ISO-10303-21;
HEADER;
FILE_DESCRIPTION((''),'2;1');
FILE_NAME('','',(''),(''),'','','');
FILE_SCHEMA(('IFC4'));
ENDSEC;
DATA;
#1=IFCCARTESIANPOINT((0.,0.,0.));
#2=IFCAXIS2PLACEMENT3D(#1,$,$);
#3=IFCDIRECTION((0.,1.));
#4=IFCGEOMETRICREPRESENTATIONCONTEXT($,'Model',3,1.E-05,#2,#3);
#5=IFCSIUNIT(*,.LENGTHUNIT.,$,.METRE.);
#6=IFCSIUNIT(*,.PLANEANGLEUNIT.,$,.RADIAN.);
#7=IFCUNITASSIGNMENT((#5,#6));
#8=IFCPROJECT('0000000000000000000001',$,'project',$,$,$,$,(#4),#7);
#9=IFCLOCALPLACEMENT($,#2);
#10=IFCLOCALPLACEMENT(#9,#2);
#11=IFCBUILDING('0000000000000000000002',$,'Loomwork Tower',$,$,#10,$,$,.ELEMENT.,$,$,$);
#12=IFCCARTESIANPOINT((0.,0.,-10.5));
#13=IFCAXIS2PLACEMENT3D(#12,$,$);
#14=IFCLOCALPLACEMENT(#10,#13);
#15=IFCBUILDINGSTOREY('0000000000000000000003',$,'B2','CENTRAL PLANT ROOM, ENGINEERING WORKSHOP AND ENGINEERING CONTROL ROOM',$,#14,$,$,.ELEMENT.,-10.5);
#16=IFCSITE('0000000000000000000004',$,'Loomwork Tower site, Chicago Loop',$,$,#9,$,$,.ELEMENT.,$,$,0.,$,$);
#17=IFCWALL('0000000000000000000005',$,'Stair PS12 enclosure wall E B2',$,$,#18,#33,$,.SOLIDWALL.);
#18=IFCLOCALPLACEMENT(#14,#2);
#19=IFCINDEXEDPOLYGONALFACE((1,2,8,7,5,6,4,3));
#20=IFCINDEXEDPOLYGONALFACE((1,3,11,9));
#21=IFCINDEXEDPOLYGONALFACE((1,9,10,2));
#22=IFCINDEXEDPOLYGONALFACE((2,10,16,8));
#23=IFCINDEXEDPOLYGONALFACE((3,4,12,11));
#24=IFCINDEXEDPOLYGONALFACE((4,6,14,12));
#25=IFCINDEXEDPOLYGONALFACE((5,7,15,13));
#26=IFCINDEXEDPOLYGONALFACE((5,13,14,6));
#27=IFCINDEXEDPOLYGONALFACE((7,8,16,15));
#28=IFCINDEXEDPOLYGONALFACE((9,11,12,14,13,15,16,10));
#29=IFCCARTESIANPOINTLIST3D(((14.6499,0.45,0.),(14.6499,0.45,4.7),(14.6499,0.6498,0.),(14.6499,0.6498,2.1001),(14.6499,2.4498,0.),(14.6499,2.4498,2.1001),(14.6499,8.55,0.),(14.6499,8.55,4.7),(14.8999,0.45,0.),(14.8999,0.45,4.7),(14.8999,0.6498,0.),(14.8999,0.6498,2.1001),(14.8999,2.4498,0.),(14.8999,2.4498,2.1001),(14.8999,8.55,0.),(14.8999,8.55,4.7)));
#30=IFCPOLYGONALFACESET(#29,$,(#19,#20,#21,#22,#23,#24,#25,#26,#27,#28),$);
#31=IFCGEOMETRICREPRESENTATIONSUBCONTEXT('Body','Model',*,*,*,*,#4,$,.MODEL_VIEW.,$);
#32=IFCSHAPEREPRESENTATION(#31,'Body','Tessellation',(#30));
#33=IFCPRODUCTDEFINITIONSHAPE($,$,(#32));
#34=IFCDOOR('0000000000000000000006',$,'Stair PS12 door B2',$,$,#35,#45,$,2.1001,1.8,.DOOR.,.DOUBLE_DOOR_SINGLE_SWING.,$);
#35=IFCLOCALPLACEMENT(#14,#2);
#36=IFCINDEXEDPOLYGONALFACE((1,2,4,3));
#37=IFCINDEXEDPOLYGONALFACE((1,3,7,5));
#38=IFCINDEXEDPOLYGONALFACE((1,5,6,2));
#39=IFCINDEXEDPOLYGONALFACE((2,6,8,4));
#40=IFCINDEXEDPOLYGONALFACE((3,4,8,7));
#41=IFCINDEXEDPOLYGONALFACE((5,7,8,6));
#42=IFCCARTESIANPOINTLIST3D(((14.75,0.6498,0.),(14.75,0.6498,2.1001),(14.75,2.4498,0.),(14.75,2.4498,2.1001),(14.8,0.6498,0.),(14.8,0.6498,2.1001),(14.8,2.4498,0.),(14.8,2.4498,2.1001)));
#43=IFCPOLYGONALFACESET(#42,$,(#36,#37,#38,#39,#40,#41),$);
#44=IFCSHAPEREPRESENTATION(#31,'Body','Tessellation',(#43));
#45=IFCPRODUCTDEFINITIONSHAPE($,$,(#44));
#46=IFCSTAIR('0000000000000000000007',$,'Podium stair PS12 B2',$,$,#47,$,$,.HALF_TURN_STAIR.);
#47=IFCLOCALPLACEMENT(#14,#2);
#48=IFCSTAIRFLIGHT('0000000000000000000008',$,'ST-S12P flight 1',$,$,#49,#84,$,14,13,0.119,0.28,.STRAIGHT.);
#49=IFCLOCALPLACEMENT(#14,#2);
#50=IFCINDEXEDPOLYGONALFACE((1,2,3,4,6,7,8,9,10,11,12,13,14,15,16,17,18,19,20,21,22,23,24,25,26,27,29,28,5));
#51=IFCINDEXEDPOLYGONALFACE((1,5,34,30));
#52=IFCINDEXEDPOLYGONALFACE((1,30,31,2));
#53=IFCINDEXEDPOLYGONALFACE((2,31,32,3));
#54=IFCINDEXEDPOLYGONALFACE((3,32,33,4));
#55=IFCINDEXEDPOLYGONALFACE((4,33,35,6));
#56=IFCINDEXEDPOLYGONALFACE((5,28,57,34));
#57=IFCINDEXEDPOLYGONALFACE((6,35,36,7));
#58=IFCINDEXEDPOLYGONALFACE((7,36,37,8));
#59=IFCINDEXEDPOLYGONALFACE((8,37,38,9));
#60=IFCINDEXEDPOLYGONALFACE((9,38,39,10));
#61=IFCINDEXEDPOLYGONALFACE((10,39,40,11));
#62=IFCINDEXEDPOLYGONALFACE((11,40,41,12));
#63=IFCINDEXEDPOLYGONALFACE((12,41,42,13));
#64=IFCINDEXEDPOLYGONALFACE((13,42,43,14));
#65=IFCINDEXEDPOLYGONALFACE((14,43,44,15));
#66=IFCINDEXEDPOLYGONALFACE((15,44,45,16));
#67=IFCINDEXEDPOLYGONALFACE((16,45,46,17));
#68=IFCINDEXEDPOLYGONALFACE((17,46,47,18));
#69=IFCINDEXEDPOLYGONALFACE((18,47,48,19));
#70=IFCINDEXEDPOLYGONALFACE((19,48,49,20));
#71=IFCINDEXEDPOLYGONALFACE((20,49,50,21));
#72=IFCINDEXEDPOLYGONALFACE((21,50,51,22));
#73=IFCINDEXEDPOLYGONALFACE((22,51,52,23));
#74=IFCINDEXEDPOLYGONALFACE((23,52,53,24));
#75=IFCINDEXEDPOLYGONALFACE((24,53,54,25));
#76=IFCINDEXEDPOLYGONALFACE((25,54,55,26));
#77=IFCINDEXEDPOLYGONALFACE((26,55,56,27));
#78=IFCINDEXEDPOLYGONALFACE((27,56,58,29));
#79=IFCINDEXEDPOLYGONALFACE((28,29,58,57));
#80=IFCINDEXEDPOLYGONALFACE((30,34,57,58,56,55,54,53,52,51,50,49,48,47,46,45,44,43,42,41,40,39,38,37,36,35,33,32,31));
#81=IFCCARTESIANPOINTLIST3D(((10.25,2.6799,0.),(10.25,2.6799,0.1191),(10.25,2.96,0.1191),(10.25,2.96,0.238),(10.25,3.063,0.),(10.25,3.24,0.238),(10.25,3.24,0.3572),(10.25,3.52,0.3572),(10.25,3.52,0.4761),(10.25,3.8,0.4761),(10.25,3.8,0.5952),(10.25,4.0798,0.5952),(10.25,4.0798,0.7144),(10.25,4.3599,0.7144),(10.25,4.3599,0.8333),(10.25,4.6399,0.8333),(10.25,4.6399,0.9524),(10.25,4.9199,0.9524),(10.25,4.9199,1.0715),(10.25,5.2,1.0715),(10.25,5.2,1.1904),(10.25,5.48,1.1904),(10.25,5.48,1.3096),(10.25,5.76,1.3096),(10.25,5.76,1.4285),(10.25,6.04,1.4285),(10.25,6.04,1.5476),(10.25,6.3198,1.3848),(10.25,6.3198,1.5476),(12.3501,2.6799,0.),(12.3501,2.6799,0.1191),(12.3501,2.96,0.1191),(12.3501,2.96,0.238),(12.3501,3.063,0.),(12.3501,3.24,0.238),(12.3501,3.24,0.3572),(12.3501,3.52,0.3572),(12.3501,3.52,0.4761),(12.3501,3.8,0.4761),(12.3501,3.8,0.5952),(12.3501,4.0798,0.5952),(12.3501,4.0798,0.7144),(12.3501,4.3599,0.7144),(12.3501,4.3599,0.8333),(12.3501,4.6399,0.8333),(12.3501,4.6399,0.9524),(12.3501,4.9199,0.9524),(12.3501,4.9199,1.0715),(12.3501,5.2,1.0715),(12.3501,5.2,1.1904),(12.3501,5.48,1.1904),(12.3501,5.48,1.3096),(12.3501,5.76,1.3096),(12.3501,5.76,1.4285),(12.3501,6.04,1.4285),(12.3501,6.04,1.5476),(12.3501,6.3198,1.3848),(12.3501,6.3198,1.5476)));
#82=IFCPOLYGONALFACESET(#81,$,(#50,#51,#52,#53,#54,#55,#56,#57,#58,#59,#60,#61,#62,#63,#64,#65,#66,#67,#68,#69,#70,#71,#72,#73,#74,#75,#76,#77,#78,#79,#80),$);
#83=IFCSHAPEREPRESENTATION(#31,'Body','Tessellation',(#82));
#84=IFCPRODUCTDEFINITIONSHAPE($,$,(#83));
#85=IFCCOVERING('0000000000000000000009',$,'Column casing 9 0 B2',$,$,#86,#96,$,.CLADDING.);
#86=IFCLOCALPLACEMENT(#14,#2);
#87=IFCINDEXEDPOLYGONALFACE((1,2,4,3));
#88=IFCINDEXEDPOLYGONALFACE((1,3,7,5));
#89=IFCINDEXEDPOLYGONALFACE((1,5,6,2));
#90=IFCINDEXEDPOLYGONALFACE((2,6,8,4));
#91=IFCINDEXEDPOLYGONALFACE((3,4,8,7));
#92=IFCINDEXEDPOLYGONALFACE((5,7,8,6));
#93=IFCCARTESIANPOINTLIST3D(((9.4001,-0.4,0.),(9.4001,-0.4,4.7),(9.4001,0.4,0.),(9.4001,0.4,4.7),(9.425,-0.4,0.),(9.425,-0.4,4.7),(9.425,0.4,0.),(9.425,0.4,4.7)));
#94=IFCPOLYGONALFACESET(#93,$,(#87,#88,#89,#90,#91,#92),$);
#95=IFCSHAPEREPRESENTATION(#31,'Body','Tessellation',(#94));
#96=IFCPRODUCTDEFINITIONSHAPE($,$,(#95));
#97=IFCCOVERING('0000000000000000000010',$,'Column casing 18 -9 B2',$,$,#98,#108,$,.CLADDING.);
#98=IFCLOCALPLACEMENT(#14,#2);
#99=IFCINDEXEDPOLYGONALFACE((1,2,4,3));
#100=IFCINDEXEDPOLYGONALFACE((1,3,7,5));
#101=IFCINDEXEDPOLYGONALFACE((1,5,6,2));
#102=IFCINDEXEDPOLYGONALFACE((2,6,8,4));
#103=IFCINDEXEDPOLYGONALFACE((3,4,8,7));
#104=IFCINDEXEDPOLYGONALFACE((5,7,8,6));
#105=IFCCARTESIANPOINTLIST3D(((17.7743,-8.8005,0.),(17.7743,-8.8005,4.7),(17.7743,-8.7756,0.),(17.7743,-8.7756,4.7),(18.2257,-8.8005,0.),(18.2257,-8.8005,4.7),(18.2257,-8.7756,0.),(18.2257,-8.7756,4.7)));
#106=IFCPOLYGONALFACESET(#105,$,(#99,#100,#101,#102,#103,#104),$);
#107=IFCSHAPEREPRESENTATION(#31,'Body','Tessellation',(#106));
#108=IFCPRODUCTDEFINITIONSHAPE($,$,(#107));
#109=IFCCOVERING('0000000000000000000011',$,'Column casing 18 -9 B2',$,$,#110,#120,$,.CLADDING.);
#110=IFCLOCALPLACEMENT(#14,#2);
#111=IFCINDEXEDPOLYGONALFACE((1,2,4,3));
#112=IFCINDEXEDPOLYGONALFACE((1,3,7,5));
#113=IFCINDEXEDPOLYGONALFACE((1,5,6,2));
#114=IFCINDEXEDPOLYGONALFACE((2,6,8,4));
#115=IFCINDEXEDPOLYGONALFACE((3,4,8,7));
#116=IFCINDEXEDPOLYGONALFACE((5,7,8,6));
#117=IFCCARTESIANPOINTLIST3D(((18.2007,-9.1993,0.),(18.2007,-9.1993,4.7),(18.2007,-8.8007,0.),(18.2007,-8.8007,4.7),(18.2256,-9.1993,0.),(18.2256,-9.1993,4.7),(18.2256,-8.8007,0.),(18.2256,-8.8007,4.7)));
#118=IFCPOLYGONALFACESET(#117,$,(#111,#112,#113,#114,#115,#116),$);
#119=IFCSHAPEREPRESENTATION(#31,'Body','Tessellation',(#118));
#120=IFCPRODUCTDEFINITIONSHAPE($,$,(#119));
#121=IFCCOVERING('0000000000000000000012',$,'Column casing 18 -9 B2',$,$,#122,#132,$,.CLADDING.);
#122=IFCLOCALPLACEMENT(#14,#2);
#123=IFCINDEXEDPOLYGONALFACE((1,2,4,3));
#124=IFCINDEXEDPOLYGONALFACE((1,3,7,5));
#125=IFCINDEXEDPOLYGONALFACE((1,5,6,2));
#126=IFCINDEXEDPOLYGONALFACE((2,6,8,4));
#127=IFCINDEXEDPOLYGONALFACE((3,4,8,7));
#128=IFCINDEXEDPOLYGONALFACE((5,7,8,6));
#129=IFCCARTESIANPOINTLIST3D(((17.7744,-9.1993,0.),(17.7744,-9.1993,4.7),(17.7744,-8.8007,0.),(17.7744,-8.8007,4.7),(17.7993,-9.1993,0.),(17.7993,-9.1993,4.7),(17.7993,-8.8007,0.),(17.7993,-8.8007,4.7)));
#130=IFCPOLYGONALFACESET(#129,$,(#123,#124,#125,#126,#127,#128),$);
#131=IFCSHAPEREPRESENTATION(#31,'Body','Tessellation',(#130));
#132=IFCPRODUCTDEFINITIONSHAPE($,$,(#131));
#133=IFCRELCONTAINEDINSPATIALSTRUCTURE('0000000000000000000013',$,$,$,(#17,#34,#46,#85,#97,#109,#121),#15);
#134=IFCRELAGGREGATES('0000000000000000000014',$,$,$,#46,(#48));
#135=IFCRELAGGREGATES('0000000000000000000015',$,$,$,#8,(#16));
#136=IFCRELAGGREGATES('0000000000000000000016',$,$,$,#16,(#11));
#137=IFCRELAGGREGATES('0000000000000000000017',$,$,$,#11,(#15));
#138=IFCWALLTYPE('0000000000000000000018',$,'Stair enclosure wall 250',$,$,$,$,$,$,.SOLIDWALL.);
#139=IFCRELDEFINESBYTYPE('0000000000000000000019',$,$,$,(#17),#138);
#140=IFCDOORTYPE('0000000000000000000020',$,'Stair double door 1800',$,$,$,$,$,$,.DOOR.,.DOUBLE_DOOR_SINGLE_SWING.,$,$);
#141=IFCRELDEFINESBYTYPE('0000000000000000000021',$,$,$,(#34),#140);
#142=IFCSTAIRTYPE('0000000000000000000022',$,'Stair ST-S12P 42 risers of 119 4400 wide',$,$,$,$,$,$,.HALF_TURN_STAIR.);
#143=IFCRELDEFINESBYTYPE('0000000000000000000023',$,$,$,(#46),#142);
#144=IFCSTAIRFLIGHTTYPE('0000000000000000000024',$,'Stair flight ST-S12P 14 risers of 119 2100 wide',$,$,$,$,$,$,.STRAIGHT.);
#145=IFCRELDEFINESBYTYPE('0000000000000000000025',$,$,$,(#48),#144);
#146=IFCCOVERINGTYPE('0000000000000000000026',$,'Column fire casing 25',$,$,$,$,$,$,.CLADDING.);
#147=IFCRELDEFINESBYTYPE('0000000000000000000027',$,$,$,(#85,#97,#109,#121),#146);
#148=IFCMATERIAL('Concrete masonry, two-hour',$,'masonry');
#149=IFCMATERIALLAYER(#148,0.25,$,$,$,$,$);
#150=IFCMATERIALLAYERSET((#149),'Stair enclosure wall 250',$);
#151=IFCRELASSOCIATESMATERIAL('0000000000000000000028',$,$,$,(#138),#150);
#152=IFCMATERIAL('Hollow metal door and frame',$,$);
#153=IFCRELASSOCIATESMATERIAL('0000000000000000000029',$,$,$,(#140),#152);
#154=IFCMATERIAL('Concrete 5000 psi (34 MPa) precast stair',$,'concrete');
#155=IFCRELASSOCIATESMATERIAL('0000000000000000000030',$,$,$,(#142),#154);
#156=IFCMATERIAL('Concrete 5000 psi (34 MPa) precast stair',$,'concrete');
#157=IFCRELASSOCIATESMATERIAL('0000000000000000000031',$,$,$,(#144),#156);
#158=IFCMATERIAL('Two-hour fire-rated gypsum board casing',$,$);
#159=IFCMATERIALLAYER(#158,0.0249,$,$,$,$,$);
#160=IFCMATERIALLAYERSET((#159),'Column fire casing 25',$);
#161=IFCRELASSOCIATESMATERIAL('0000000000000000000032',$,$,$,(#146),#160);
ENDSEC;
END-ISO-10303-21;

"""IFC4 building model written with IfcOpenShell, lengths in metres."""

from ifc_helpers import new_model, si_unit, direction, frame, frame_2d, origin, origin_2d, place, context, subcontext, project, spatial, polyline, rectangle, outline, extrude, material, layer, layer_set, type_object, element, fill, aggregate, save


model = new_model("IFC4")

# Units and contexts
model_context = context("Model", 3, precision=1e-05, world=origin(), true_north=direction((0.0, 1.0)))
body_context = subcontext(model_context, "Body", "Model", "MODEL_VIEW")
ifc_project = project(units=[si_unit("LENGTHUNIT", "METRE"), si_unit("PLANEANGLEUNIT", "RADIAN")], contexts=[model_context])

# Site, building, storey
site_placement = place(None, origin())
site = spatial("IfcSite", under=ifc_project, at=site_placement, Name="Loomwork Tower site, Chicago Loop", CompositionType="ELEMENT", RefElevation=0.0)
building_placement = place(site_placement, origin())
building = spatial("IfcBuilding", under=site, at=building_placement, Name="Loomwork Tower", CompositionType="ELEMENT")
storey_placement = place(building_placement, frame((0.0, 0.0, -10.5)))
storey = spatial("IfcBuildingStorey", under=building, at=storey_placement, Name="B2", Description="CENTRAL PLANT ROOM, ENGINEERING WORKSHOP AND ENGINEERING CONTROL ROOM", CompositionType="ELEMENT", Elevation=-10.5)

# Shared definitions
ifc_material_1 = material(Name="Concrete masonry, two-hour", Category="masonry")
ifc_layer_1 = layer(ifc_material_1, 0.25)
ifc_layer_set_1 = layer_set([ifc_layer_1], Name="Stair enclosure wall 250")
wall_type_1 = type_object("IfcWallType", Name="Stair enclosure wall 250", PredefinedType="SOLIDWALL", material=ifc_layer_set_1)

# Wall, opening, door
wall_1_placement = place(storey_placement, frame((14.7749, 0.45, 0.0), z_axis=(0.0, 0.0, 1.0), x_axis=(0.0, 1.0, 0.0)))
wall_1 = element("IfcWall", 1, at=wall_1_placement, inside=storey, type_object=wall_type_1, Name="Stair PS12 enclosure wall E B2", PredefinedType="SOLIDWALL", context=body_context, shape_type="SweptSolid", body=[
    extrude(rectangle(XDim=8.1001, YDim=0.25, at=frame_2d((4.05, 0.0))), origin(), (0.0, 0.0, 1.0), 4.7),
])
opening_1_placement = place(wall_1_placement, frame((0.2, 0.0, 0.0)))
opening_1 = element("IfcOpeningElement", 2, at=opening_1_placement, cuts=wall_1, PredefinedType="OPENING", context=body_context, shape_type="SweptSolid", body=[
    extrude(rectangle(XDim=1.8, YDim=2.1001, at=frame_2d((0.8999, 1.05))), frame((0.0, 0.135, 0.0), z_axis=(0.0, -1.0, 0.0), x_axis=(1.0, 0.0, 0.0)), (0.0, 0.0, 1.0), 0.27),
])
ifc_material_2 = material(Name="Hollow metal door and frame")
door_type_1 = type_object("IfcDoorType", Name="Stair double door 1800", OperationType="DOUBLE_DOOR_SINGLE_SWING", PredefinedType="DOOR", material=ifc_material_2)
door_1_placement = place(opening_1_placement, origin())
door_1 = element("IfcDoor", 3, at=door_1_placement, inside=storey, type_object=door_type_1, Name="Stair PS12 door B2", OperationType="DOUBLE_DOOR_SINGLE_SWING", OverallHeight=2.1001, OverallWidth=1.8, PredefinedType="DOOR", context=body_context, shape_type="SweptSolid", body=[
    extrude(rectangle(XDim=1.8, YDim=2.1001, at=frame_2d((0.8999, 1.05))), frame((0.0, 0.0249, 0.0), z_axis=(0.0, -1.0, 0.0), x_axis=(1.0, 0.0, 0.0)), (0.0, 0.0, 1.0), 0.05),
])
fill(opening_1, door_1)

# Stair, stair flight
ifc_material_3 = material(Name="Concrete 5000 psi (34 MPa) precast stair", Category="concrete")
stair_type = type_object("IfcStairType", Name="Stair ST-S12P 42 risers of 119 4400 wide", PredefinedType="HALF_TURN_STAIR", material=ifc_material_3)
stair_placement = place(storey_placement, origin())
stair = element("IfcStair", 4, at=stair_placement, inside=storey, type_object=stair_type, Name="Podium stair PS12 B2", PredefinedType="HALF_TURN_STAIR")
ifc_material_4 = material(Name="Concrete 5000 psi (34 MPa) precast stair", Category="concrete")
stair_flight_type = type_object("IfcStairFlightType", Name="Stair flight ST-S12P 14 risers of 119 2100 wide", PredefinedType="STRAIGHT", material=ifc_material_4)
stair_flight_placement = place(storey_placement, frame((11.3, 2.6799, 0.0), z_axis=(0.0, 0.0, 1.0), x_axis=(0.0, 1.0, 0.0)))
stair_flight = element("IfcStairFlight", 5, at=stair_flight_placement, type_object=stair_flight_type, Name="ST-S12P flight 1", NumberOfRisers=14, NumberOfTreads=13, PredefinedType="STRAIGHT", RiserHeight=0.119, TreadLength=0.28, context=body_context, shape_type="SweptSolid", body=[
    extrude(outline(polyline([(0.0, 0.0), (0.0, 0.1191), (0.28, 0.1191), (0.28, 0.238), (0.5601, 0.238), (0.5601, 0.3572), (0.8401, 0.3572), (0.8401, 0.4761), (1.1201, 0.4761), (1.1201, 0.5952), (1.3999, 0.5952), (1.3999, 0.7144), (1.6799, 0.7144), (1.6799, 0.8333), (1.96, 0.8333), (1.96, 0.9524), (2.24, 0.9524), (2.24, 1.0715), (2.52, 1.0715), (2.52, 1.1904), (2.8, 1.1904), (2.8, 1.3096), (3.0801, 1.3096), (3.0801, 1.4285), (3.3601, 1.4285), (3.3601, 1.5476), (3.6399, 1.5476), (3.6399, 1.6667), (3.6399, 1.3848), (0.3831, 0.0), (0.0, 0.0)])), frame((0.0, 1.05, 0.0), z_axis=(0.0, -1.0, 0.0), x_axis=(1.0, 0.0, 0.0)), (0.0, 0.0, 1.0), 2.1001),
])
aggregate(stair, [stair_flight])

# Coverings
ifc_material_5 = material(Name="Two-hour fire-rated gypsum board casing")
ifc_layer_2 = layer(ifc_material_5, 0.0249)
ifc_layer_set_2 = layer_set([ifc_layer_2], Name="Column fire casing 25")
covering_type = type_object("IfcCoveringType", Name="Column fire casing 25", PredefinedType="CLADDING", material=ifc_layer_set_2)
covering_1_placement = place(storey_placement, frame((9.4126, 0.0, 0.0), z_axis=(0.0, 0.0, 1.0), x_axis=(1.0, 0.0, 0.0)))
element("IfcCovering", 6, at=covering_1_placement, inside=storey, type_object=covering_type, Name="Column casing 9 0 B2", PredefinedType="CLADDING", context=body_context, shape_type="SweptSolid", body=[
    extrude(rectangle(XDim=0.0249, YDim=0.8, at=origin_2d()), origin(), (0.0, 0.0, 1.0), 4.7),
])
covering_2_placement = place(storey_placement, frame((18.0, -8.7881, 0.0), z_axis=(0.0, 0.0, 1.0), x_axis=(1.0, 0.0, 0.0)))
element("IfcCovering", 7, at=covering_2_placement, inside=storey, type_object=covering_type, Name="Column casing 18 -9 B2", PredefinedType="CLADDING", context=body_context, shape_type="SweptSolid", body=[
    extrude(rectangle(XDim=0.4514, YDim=0.0249, at=origin_2d()), origin(), (0.0, 0.0, 1.0), 4.7),
])
for number, where, z_axis, x_axis, name in (
    (8, (18.2131, -9.0, 0.0), (0.0, 0.0, 1.0), (1.0, 0.0, 0.0), "Column casing 18 -9 B2"),
    (9, (17.7869, -9.0, 0.0), (0.0, 0.0, 1.0), (1.0, 0.0, 0.0), "Column casing 18 -9 B2"),
):
    element("IfcCovering", number, at=place(storey_placement, frame(where, z_axis=z_axis, x_axis=x_axis)), inside=storey, type_object=covering_type, Name=name, PredefinedType="CLADDING", context=body_context, shape_type="SweptSolid", body=[
        extrude(rectangle(XDim=0.0249, YDim=0.3987, at=origin_2d()), origin(), (0.0, 0.0, 1.0), 4.7),
    ])

save(model, "model.ifc")
